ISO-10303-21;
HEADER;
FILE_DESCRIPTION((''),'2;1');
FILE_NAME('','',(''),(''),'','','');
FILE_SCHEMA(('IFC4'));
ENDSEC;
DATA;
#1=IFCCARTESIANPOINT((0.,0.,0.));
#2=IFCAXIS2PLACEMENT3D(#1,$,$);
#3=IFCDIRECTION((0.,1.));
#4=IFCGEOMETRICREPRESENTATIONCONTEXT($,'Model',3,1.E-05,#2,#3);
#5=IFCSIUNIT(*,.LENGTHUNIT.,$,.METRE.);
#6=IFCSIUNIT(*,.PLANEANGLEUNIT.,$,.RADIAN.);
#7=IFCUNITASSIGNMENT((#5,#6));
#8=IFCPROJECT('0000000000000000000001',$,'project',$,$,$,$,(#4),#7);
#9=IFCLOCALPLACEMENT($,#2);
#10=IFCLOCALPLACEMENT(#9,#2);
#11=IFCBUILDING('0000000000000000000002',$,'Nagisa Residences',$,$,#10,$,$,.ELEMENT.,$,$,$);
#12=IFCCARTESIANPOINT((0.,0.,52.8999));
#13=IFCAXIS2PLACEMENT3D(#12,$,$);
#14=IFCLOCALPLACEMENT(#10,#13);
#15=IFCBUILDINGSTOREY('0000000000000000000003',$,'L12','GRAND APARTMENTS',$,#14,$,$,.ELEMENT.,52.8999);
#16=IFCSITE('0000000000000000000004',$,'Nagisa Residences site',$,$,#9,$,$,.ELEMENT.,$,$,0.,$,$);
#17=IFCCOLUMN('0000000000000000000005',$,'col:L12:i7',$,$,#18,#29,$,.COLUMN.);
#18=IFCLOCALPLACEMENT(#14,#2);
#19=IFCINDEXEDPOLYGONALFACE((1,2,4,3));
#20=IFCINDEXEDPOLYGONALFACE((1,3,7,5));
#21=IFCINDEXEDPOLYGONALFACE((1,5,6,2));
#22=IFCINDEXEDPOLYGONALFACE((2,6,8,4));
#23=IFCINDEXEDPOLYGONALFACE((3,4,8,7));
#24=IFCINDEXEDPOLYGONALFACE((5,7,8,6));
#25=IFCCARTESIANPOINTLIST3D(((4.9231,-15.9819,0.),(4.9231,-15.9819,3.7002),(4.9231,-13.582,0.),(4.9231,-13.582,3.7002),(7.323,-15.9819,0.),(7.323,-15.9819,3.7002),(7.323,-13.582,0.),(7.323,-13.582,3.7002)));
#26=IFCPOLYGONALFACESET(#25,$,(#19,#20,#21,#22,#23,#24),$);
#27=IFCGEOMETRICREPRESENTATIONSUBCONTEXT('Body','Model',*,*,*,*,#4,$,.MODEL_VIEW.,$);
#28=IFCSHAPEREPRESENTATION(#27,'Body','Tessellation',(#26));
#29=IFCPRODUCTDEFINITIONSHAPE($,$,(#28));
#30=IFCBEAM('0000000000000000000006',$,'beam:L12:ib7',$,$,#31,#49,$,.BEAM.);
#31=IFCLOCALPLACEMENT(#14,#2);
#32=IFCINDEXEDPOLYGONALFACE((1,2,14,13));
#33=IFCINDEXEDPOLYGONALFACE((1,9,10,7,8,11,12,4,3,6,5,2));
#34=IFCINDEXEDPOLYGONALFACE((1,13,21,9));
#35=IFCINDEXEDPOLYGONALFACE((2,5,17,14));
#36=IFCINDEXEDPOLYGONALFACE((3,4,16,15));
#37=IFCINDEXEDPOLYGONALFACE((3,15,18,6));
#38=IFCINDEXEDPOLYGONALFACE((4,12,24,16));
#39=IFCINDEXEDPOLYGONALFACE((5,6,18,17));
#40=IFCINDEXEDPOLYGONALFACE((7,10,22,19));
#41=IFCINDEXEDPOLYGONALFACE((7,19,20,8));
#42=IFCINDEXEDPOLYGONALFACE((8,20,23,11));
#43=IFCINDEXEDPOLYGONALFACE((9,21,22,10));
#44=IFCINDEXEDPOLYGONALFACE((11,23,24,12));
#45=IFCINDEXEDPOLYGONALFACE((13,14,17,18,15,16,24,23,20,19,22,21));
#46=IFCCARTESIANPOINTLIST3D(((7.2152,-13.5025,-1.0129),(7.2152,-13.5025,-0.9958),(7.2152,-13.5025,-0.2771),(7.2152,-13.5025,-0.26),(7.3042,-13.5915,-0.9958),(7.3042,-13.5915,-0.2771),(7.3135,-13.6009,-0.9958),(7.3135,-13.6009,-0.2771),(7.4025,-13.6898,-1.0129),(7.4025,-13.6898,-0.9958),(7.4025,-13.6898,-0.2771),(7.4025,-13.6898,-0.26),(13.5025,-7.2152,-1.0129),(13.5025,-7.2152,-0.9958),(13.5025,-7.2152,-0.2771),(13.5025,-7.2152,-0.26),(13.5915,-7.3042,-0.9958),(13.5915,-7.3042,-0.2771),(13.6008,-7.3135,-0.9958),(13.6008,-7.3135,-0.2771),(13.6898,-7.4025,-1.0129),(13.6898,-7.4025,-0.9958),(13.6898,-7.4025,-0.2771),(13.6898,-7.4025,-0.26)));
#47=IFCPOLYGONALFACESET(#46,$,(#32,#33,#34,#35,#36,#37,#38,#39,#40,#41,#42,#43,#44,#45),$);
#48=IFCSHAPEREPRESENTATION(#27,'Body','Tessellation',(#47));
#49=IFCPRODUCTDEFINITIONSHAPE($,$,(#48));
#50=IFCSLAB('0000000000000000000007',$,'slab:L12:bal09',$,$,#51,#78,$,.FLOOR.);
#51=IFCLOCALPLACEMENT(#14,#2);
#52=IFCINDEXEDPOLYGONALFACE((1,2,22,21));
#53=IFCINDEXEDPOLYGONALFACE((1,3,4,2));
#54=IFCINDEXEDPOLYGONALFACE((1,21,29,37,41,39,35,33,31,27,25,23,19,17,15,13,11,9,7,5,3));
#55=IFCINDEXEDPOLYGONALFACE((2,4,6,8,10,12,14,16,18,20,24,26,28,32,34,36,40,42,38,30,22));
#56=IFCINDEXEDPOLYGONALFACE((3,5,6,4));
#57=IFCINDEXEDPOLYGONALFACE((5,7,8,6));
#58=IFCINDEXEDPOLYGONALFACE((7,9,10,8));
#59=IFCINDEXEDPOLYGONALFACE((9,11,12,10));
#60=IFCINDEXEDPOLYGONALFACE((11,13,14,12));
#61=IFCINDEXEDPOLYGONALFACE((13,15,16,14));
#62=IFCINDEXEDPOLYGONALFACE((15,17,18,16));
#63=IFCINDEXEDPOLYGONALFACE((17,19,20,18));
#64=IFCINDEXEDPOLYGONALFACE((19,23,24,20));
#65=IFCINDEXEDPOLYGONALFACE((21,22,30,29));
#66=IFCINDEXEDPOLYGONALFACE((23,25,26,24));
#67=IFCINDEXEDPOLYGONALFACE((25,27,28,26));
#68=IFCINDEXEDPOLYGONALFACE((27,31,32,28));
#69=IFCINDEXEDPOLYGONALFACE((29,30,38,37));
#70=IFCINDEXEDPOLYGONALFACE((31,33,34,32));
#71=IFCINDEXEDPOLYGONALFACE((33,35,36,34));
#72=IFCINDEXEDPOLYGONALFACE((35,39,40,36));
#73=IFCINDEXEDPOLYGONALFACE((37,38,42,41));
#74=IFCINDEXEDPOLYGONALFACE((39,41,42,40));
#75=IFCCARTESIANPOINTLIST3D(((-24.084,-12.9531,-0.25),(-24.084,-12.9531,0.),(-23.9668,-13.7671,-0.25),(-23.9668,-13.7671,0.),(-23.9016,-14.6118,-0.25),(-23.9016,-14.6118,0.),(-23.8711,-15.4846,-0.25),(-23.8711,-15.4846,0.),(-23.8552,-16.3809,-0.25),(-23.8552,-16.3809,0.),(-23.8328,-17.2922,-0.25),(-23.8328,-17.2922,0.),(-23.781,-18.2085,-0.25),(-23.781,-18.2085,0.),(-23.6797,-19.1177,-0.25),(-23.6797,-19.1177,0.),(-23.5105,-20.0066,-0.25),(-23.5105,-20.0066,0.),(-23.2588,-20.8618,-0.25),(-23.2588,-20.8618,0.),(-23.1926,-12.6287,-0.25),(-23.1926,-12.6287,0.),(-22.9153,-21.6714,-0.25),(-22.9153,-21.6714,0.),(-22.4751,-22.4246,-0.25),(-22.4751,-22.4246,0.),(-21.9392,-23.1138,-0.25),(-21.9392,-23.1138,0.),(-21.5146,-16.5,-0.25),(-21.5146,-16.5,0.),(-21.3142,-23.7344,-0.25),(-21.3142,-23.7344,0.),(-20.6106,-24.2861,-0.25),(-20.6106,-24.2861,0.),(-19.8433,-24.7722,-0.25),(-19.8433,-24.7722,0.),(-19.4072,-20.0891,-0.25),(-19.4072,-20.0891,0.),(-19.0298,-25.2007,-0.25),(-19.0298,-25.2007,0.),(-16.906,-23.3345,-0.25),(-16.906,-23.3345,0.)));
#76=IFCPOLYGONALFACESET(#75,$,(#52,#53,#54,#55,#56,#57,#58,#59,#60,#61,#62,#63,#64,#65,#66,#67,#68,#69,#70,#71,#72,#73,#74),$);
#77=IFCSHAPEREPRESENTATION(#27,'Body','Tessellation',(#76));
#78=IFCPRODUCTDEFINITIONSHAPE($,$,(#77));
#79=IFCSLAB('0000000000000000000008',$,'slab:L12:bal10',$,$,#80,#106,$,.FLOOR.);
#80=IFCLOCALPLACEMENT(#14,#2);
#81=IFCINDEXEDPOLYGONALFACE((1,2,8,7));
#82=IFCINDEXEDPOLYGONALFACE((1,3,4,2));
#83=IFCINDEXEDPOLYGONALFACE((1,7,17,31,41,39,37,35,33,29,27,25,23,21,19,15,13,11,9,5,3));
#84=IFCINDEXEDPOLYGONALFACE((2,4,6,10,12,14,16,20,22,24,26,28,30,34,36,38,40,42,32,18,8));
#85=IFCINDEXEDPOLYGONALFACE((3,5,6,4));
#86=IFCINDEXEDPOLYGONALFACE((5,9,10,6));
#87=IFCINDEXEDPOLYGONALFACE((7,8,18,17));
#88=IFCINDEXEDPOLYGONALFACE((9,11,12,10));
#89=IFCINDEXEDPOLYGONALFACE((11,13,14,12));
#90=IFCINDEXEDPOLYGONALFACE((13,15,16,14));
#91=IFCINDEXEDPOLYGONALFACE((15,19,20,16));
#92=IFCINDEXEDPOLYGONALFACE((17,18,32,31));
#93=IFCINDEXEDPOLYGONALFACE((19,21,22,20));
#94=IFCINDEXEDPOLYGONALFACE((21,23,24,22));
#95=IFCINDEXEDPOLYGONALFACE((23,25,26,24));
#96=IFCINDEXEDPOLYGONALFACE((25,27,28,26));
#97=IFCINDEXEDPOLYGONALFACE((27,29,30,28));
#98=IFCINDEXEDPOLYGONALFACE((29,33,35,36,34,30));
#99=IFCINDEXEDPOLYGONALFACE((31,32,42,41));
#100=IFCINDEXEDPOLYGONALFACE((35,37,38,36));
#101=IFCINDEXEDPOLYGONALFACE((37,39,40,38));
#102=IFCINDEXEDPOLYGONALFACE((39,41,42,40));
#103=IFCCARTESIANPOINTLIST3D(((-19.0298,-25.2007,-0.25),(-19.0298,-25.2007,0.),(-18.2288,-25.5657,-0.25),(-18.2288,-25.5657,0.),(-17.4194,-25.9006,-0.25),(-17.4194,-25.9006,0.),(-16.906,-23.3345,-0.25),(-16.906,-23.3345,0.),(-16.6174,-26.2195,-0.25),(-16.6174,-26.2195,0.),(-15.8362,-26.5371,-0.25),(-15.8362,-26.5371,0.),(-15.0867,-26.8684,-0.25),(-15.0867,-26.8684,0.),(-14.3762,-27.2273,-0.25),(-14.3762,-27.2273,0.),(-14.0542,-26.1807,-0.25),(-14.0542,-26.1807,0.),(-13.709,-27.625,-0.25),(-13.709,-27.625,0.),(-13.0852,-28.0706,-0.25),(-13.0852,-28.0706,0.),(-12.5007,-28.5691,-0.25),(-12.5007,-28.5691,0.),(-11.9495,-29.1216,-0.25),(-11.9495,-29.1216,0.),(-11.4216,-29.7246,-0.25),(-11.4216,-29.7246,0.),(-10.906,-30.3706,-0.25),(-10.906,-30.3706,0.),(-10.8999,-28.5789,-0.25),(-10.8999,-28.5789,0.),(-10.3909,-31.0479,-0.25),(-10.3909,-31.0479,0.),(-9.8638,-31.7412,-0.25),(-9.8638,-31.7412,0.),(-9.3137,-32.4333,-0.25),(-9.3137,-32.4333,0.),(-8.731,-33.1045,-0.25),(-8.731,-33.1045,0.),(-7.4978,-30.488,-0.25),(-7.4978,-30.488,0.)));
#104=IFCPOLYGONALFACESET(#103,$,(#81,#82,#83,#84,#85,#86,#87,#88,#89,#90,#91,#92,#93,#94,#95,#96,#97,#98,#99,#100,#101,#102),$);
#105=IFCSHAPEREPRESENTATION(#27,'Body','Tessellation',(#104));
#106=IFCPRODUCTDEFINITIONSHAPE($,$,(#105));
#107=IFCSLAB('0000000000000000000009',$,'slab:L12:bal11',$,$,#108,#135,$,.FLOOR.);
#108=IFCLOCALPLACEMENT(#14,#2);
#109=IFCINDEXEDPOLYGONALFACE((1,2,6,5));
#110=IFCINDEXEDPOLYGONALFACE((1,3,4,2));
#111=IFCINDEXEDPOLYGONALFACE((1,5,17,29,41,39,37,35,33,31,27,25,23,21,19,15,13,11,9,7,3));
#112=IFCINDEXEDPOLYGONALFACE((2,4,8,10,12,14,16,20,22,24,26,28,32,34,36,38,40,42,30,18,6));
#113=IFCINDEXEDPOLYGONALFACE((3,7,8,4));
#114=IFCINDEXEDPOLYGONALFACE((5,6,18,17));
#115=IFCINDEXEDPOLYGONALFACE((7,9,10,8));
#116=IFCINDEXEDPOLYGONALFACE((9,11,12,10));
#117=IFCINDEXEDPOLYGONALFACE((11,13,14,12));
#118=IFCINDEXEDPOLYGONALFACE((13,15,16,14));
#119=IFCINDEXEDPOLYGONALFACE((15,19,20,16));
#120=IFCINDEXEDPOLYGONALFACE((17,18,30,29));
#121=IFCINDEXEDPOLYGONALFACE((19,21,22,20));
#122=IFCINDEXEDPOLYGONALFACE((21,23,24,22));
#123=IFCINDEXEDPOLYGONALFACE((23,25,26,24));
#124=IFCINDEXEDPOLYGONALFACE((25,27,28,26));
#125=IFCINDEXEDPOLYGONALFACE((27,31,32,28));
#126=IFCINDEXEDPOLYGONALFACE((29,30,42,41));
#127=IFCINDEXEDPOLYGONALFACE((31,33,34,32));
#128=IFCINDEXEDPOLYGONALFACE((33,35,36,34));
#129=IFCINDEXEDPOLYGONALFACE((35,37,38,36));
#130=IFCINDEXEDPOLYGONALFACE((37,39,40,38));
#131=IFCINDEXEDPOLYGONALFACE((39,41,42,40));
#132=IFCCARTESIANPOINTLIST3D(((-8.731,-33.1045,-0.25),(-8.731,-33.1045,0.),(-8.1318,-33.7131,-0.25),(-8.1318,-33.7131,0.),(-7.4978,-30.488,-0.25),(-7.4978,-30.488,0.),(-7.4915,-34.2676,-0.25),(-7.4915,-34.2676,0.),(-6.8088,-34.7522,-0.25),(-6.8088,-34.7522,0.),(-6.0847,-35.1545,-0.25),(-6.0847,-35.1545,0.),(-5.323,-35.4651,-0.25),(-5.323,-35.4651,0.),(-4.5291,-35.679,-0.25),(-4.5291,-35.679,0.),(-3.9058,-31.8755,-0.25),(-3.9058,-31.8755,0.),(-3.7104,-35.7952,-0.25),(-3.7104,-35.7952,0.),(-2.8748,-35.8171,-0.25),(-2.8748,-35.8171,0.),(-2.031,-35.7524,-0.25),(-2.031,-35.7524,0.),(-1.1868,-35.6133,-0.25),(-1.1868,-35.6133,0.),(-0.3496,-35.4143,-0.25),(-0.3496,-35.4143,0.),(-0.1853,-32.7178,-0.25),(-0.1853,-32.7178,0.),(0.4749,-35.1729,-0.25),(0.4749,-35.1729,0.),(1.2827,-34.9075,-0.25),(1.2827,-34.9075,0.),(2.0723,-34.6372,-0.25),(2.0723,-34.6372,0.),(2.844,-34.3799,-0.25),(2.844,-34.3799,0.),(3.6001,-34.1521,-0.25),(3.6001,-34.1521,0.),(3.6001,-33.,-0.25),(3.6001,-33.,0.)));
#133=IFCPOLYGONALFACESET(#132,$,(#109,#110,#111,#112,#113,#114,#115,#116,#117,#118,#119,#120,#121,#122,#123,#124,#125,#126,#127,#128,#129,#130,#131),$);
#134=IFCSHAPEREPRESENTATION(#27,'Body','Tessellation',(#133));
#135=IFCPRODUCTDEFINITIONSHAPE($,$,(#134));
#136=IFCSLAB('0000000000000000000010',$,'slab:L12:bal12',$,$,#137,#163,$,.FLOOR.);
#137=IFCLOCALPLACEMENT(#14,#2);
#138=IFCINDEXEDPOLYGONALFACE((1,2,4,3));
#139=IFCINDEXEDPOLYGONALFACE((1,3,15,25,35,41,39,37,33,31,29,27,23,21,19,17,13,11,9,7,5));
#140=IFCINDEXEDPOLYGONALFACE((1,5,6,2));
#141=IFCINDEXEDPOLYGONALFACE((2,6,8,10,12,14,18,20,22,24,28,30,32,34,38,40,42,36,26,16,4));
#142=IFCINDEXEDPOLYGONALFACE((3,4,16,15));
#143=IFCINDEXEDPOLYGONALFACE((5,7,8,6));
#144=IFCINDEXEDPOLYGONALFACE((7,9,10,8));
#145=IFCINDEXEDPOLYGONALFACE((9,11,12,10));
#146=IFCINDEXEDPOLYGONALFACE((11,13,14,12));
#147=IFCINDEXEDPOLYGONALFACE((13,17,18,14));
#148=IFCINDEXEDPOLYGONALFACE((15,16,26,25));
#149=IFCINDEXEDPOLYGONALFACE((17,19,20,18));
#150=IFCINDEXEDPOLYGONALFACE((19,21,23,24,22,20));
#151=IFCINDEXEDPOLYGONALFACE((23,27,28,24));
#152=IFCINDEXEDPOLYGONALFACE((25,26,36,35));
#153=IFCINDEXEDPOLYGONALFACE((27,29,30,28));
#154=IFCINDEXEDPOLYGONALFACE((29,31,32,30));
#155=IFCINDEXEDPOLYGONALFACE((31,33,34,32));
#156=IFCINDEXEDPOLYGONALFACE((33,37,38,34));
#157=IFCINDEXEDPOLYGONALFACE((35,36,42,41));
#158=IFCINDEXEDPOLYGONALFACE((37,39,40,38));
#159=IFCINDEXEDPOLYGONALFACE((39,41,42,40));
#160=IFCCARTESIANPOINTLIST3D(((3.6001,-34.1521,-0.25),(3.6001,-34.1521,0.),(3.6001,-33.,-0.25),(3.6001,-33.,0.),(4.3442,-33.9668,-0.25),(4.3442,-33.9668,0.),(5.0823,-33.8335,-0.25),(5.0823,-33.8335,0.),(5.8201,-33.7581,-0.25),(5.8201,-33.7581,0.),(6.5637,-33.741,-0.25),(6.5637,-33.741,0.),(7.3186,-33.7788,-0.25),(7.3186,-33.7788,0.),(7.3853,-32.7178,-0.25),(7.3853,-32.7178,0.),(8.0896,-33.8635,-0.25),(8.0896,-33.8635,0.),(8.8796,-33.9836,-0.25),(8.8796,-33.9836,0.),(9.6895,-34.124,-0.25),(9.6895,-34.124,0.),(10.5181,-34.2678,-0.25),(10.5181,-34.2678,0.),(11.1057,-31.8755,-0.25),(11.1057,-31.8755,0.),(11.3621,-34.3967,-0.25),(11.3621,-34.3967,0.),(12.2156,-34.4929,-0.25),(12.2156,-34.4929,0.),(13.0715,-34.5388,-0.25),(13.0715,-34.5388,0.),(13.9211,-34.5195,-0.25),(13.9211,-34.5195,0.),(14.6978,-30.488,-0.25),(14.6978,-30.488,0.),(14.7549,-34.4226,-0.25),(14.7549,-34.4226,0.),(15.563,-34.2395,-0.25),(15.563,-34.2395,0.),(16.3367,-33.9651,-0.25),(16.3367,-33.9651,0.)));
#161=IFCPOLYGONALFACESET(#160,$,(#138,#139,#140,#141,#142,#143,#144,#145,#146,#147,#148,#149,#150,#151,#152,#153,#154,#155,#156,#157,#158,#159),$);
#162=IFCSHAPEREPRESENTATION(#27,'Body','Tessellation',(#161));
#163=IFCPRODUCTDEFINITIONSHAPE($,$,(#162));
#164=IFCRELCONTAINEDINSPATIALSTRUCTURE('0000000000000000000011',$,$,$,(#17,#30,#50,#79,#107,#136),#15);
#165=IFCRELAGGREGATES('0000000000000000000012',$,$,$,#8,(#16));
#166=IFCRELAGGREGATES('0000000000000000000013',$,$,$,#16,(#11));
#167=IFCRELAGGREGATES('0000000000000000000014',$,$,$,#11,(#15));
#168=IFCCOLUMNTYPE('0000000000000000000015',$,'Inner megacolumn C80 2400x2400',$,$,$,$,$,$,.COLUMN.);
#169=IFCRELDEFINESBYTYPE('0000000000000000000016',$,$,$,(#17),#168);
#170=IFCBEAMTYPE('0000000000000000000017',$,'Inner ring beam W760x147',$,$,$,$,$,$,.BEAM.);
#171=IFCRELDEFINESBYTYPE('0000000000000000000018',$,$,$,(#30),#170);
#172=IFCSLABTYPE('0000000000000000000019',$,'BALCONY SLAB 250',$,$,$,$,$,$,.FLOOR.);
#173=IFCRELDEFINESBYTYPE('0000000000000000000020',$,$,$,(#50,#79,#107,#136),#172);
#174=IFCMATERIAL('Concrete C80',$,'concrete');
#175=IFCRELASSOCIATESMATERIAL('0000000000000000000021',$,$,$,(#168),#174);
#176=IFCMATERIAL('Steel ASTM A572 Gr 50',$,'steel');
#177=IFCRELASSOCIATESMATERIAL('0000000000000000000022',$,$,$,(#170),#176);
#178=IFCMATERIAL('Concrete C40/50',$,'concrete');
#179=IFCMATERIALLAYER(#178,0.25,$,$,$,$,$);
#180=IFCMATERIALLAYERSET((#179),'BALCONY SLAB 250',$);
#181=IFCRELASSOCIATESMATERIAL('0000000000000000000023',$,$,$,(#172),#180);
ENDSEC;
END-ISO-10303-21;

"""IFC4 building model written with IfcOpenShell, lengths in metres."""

from ifc_helpers import new_model, si_unit, direction, frame, origin, origin_2d, place, context, subcontext, project, spatial, polyline, rectangle, i_section, outline, extrude, material, layer, layer_set, material_profile, profile_set, type_object, element, save


model = new_model("IFC4")

# Units and contexts
model_context = context("Model", 3, precision=1e-05, world=origin(), true_north=direction((0.0, 1.0)))
body_context = subcontext(model_context, "Body", "Model", "MODEL_VIEW")
ifc_project = project(units=[si_unit("LENGTHUNIT", "METRE"), si_unit("PLANEANGLEUNIT", "RADIAN")], contexts=[model_context])

# Site, building, storey
site_placement = place(None, origin())
site = spatial("IfcSite", under=ifc_project, at=site_placement, Name="Nagisa Residences site", CompositionType="ELEMENT", RefElevation=0.0)
building_placement = place(site_placement, origin())
building = spatial("IfcBuilding", under=site, at=building_placement, Name="Nagisa Residences", CompositionType="ELEMENT")
storey_placement = place(building_placement, frame((0.0, 0.0, 52.8999)))
storey = spatial("IfcBuildingStorey", under=building, at=storey_placement, Name="L12", Description="GRAND APARTMENTS", CompositionType="ELEMENT", Elevation=52.8999)

# Column
ifc_material_1 = material(Name="Concrete C80", Category="concrete")
ifc_material_profile_1 = material_profile(ifc_material_1, rectangle(XDim=2.3999, YDim=2.3999, at=origin_2d()), Name="C80 2400x2400")
ifc_profile_set_1 = profile_set([ifc_material_profile_1], Name="Concrete C80")
column_type = type_object("IfcColumnType", Name="Inner megacolumn C80 2400x2400", PredefinedType="COLUMN", material=ifc_profile_set_1)
column_placement = place(storey_placement, frame((6.123, -14.782, 0.0), z_axis=(0.0, 0.0, 1.0), x_axis=(1.0, 0.0, 0.0)))
element("IfcColumn", 1, at=column_placement, inside=storey, type_object=column_type, Name="col:L12:i7", PredefinedType="COLUMN", context=body_context, shape_type="SweptSolid", body=[
    extrude(rectangle(XDim=2.3999, YDim=2.3999, at=origin_2d()), origin(), (0.0, 0.0, 1.0), 3.7002),
])

# Beam
ifc_material_2 = material(Name="Steel ASTM A572 Gr 50", Category="steel")
ifc_material_profile_2 = material_profile(ifc_material_2, i_section(OverallWidth=0.2649, OverallDepth=0.7529, WebThickness=0.0132, FlangeThickness=0.0171, at=origin_2d()), Name="W760x147")
ifc_profile_set_2 = profile_set([ifc_material_profile_2], Name="Steel ASTM A572 Gr 50")
beam_type = type_object("IfcBeamType", Name="Inner ring beam W760x147", PredefinedType="BEAM", material=ifc_profile_set_2)
beam_placement = place(storey_placement, frame((7.3088, -13.5962, -0.6365), z_axis=(0.707107, 0.707107, 0.0), x_axis=(-0.707107, 0.707107, 0.0)))
element("IfcBeam", 2, at=beam_placement, inside=storey, type_object=beam_type, Name="beam:L12:ib7", PredefinedType="BEAM", context=body_context, shape_type="SweptSolid", body=[
    extrude(i_section(OverallWidth=0.2649, OverallDepth=0.7529, WebThickness=0.0132, FlangeThickness=0.0171, at=origin_2d()), origin(), (0.0, 0.0, 1.0), 8.8916),
])

# Slabs
ifc_material_3 = material(Name="Concrete C40/50", Category="concrete")
ifc_layer_1 = layer(ifc_material_3, 0.25)
ifc_layer_set_1 = layer_set([ifc_layer_1], Name="BALCONY SLAB 250")
slab_type = type_object("IfcSlabType", Name="BALCONY SLAB 250", PredefinedType="FLOOR", material=ifc_layer_set_1)
slab_1_placement = place(storey_placement, frame((0.0, 0.0, -0.25)))
element("IfcSlab", 3, at=slab_1_placement, inside=storey, type_object=slab_type, Name="slab:L12:bal09", PredefinedType="FLOOR", context=body_context, shape_type="SweptSolid", body=[
    extrude(outline(polyline([(-24.084, -12.9531), (-23.9668, -13.7671), (-23.9016, -14.6118), (-23.8711, -15.4846), (-23.8552, -16.3809), (-23.8328, -17.2922), (-23.781, -18.2085), (-23.6797, -19.1177), (-23.5105, -20.0066), (-23.2588, -20.8618), (-22.9153, -21.6714), (-22.4751, -22.4246), (-21.9392, -23.1138), (-21.3142, -23.7344), (-20.6106, -24.2861), (-19.8433, -24.7722), (-19.0298, -25.2007), (-16.906, -23.3345), (-19.4072, -20.0891), (-21.5146, -16.5), (-23.1926, -12.6287), (-24.084, -12.9531)])), origin(), (0.0, 0.0, 1.0), 0.25),
])
slab_2_placement = place(storey_placement, frame((0.0, 0.0, -0.25)))
element("IfcSlab", 4, at=slab_2_placement, inside=storey, type_object=slab_type, Name="slab:L12:bal10", PredefinedType="FLOOR", context=body_context, shape_type="SweptSolid", body=[
    extrude(outline(polyline([(-19.0298, -25.2007), (-18.2288, -25.5657), (-17.4194, -25.9006), (-16.6174, -26.2195), (-15.8362, -26.5371), (-15.0867, -26.8684), (-14.3762, -27.2273), (-13.709, -27.625), (-13.0852, -28.0706), (-12.5007, -28.5691), (-11.9495, -29.1216), (-11.4216, -29.7246), (-10.906, -30.3706), (-10.3909, -31.0479), (-9.8638, -31.7412), (-9.3137, -32.4333), (-8.731, -33.1045), (-7.4978, -30.488), (-10.8999, -28.5789), (-14.0542, -26.1807), (-16.906, -23.3345), (-19.0298, -25.2007)])), origin(), (0.0, 0.0, 1.0), 0.25),
])
slab_3_placement = place(storey_placement, frame((0.0, 0.0, -0.25)))
element("IfcSlab", 5, at=slab_3_placement, inside=storey, type_object=slab_type, Name="slab:L12:bal11", PredefinedType="FLOOR", context=body_context, shape_type="SweptSolid", body=[
    extrude(outline(polyline([(-8.731, -33.1045), (-8.1318, -33.7131), (-7.4915, -34.2676), (-6.8088, -34.7522), (-6.0847, -35.1545), (-5.323, -35.4651), (-4.5291, -35.679), (-3.7104, -35.7952), (-2.8748, -35.8171), (-2.031, -35.7524), (-1.1868, -35.6133), (-0.3496, -35.4143), (0.4749, -35.1729), (1.2827, -34.9075), (2.0723, -34.6372), (2.844, -34.3799), (3.6001, -34.1521), (3.6001, -33.0), (-0.1853, -32.7178), (-3.9058, -31.8755), (-7.4978, -30.488), (-8.731, -33.1045)])), origin(), (0.0, 0.0, 1.0), 0.25),
])
slab_4_placement = place(storey_placement, frame((0.0, 0.0, -0.25)))
element("IfcSlab", 6, at=slab_4_placement, inside=storey, type_object=slab_type, Name="slab:L12:bal12", PredefinedType="FLOOR", context=body_context, shape_type="SweptSolid", body=[
    extrude(outline(polyline([(3.6001, -34.1521), (4.3442, -33.9668), (5.0823, -33.8335), (5.8201, -33.7581), (6.5637, -33.741), (7.3186, -33.7788), (8.0896, -33.8635), (8.8796, -33.9836), (9.6895, -34.124), (10.5181, -34.2678), (11.3621, -34.3967), (12.2156, -34.4929), (13.0715, -34.5388), (13.9211, -34.5195), (14.7549, -34.4226), (15.563, -34.2395), (16.3367, -33.9651), (14.6978, -30.488), (11.1057, -31.8755), (7.3853, -32.7178), (3.6001, -33.0), (3.6001, -34.1521)])), origin(), (0.0, 0.0, 1.0), 0.25),
])

save(model, "model.ifc")
